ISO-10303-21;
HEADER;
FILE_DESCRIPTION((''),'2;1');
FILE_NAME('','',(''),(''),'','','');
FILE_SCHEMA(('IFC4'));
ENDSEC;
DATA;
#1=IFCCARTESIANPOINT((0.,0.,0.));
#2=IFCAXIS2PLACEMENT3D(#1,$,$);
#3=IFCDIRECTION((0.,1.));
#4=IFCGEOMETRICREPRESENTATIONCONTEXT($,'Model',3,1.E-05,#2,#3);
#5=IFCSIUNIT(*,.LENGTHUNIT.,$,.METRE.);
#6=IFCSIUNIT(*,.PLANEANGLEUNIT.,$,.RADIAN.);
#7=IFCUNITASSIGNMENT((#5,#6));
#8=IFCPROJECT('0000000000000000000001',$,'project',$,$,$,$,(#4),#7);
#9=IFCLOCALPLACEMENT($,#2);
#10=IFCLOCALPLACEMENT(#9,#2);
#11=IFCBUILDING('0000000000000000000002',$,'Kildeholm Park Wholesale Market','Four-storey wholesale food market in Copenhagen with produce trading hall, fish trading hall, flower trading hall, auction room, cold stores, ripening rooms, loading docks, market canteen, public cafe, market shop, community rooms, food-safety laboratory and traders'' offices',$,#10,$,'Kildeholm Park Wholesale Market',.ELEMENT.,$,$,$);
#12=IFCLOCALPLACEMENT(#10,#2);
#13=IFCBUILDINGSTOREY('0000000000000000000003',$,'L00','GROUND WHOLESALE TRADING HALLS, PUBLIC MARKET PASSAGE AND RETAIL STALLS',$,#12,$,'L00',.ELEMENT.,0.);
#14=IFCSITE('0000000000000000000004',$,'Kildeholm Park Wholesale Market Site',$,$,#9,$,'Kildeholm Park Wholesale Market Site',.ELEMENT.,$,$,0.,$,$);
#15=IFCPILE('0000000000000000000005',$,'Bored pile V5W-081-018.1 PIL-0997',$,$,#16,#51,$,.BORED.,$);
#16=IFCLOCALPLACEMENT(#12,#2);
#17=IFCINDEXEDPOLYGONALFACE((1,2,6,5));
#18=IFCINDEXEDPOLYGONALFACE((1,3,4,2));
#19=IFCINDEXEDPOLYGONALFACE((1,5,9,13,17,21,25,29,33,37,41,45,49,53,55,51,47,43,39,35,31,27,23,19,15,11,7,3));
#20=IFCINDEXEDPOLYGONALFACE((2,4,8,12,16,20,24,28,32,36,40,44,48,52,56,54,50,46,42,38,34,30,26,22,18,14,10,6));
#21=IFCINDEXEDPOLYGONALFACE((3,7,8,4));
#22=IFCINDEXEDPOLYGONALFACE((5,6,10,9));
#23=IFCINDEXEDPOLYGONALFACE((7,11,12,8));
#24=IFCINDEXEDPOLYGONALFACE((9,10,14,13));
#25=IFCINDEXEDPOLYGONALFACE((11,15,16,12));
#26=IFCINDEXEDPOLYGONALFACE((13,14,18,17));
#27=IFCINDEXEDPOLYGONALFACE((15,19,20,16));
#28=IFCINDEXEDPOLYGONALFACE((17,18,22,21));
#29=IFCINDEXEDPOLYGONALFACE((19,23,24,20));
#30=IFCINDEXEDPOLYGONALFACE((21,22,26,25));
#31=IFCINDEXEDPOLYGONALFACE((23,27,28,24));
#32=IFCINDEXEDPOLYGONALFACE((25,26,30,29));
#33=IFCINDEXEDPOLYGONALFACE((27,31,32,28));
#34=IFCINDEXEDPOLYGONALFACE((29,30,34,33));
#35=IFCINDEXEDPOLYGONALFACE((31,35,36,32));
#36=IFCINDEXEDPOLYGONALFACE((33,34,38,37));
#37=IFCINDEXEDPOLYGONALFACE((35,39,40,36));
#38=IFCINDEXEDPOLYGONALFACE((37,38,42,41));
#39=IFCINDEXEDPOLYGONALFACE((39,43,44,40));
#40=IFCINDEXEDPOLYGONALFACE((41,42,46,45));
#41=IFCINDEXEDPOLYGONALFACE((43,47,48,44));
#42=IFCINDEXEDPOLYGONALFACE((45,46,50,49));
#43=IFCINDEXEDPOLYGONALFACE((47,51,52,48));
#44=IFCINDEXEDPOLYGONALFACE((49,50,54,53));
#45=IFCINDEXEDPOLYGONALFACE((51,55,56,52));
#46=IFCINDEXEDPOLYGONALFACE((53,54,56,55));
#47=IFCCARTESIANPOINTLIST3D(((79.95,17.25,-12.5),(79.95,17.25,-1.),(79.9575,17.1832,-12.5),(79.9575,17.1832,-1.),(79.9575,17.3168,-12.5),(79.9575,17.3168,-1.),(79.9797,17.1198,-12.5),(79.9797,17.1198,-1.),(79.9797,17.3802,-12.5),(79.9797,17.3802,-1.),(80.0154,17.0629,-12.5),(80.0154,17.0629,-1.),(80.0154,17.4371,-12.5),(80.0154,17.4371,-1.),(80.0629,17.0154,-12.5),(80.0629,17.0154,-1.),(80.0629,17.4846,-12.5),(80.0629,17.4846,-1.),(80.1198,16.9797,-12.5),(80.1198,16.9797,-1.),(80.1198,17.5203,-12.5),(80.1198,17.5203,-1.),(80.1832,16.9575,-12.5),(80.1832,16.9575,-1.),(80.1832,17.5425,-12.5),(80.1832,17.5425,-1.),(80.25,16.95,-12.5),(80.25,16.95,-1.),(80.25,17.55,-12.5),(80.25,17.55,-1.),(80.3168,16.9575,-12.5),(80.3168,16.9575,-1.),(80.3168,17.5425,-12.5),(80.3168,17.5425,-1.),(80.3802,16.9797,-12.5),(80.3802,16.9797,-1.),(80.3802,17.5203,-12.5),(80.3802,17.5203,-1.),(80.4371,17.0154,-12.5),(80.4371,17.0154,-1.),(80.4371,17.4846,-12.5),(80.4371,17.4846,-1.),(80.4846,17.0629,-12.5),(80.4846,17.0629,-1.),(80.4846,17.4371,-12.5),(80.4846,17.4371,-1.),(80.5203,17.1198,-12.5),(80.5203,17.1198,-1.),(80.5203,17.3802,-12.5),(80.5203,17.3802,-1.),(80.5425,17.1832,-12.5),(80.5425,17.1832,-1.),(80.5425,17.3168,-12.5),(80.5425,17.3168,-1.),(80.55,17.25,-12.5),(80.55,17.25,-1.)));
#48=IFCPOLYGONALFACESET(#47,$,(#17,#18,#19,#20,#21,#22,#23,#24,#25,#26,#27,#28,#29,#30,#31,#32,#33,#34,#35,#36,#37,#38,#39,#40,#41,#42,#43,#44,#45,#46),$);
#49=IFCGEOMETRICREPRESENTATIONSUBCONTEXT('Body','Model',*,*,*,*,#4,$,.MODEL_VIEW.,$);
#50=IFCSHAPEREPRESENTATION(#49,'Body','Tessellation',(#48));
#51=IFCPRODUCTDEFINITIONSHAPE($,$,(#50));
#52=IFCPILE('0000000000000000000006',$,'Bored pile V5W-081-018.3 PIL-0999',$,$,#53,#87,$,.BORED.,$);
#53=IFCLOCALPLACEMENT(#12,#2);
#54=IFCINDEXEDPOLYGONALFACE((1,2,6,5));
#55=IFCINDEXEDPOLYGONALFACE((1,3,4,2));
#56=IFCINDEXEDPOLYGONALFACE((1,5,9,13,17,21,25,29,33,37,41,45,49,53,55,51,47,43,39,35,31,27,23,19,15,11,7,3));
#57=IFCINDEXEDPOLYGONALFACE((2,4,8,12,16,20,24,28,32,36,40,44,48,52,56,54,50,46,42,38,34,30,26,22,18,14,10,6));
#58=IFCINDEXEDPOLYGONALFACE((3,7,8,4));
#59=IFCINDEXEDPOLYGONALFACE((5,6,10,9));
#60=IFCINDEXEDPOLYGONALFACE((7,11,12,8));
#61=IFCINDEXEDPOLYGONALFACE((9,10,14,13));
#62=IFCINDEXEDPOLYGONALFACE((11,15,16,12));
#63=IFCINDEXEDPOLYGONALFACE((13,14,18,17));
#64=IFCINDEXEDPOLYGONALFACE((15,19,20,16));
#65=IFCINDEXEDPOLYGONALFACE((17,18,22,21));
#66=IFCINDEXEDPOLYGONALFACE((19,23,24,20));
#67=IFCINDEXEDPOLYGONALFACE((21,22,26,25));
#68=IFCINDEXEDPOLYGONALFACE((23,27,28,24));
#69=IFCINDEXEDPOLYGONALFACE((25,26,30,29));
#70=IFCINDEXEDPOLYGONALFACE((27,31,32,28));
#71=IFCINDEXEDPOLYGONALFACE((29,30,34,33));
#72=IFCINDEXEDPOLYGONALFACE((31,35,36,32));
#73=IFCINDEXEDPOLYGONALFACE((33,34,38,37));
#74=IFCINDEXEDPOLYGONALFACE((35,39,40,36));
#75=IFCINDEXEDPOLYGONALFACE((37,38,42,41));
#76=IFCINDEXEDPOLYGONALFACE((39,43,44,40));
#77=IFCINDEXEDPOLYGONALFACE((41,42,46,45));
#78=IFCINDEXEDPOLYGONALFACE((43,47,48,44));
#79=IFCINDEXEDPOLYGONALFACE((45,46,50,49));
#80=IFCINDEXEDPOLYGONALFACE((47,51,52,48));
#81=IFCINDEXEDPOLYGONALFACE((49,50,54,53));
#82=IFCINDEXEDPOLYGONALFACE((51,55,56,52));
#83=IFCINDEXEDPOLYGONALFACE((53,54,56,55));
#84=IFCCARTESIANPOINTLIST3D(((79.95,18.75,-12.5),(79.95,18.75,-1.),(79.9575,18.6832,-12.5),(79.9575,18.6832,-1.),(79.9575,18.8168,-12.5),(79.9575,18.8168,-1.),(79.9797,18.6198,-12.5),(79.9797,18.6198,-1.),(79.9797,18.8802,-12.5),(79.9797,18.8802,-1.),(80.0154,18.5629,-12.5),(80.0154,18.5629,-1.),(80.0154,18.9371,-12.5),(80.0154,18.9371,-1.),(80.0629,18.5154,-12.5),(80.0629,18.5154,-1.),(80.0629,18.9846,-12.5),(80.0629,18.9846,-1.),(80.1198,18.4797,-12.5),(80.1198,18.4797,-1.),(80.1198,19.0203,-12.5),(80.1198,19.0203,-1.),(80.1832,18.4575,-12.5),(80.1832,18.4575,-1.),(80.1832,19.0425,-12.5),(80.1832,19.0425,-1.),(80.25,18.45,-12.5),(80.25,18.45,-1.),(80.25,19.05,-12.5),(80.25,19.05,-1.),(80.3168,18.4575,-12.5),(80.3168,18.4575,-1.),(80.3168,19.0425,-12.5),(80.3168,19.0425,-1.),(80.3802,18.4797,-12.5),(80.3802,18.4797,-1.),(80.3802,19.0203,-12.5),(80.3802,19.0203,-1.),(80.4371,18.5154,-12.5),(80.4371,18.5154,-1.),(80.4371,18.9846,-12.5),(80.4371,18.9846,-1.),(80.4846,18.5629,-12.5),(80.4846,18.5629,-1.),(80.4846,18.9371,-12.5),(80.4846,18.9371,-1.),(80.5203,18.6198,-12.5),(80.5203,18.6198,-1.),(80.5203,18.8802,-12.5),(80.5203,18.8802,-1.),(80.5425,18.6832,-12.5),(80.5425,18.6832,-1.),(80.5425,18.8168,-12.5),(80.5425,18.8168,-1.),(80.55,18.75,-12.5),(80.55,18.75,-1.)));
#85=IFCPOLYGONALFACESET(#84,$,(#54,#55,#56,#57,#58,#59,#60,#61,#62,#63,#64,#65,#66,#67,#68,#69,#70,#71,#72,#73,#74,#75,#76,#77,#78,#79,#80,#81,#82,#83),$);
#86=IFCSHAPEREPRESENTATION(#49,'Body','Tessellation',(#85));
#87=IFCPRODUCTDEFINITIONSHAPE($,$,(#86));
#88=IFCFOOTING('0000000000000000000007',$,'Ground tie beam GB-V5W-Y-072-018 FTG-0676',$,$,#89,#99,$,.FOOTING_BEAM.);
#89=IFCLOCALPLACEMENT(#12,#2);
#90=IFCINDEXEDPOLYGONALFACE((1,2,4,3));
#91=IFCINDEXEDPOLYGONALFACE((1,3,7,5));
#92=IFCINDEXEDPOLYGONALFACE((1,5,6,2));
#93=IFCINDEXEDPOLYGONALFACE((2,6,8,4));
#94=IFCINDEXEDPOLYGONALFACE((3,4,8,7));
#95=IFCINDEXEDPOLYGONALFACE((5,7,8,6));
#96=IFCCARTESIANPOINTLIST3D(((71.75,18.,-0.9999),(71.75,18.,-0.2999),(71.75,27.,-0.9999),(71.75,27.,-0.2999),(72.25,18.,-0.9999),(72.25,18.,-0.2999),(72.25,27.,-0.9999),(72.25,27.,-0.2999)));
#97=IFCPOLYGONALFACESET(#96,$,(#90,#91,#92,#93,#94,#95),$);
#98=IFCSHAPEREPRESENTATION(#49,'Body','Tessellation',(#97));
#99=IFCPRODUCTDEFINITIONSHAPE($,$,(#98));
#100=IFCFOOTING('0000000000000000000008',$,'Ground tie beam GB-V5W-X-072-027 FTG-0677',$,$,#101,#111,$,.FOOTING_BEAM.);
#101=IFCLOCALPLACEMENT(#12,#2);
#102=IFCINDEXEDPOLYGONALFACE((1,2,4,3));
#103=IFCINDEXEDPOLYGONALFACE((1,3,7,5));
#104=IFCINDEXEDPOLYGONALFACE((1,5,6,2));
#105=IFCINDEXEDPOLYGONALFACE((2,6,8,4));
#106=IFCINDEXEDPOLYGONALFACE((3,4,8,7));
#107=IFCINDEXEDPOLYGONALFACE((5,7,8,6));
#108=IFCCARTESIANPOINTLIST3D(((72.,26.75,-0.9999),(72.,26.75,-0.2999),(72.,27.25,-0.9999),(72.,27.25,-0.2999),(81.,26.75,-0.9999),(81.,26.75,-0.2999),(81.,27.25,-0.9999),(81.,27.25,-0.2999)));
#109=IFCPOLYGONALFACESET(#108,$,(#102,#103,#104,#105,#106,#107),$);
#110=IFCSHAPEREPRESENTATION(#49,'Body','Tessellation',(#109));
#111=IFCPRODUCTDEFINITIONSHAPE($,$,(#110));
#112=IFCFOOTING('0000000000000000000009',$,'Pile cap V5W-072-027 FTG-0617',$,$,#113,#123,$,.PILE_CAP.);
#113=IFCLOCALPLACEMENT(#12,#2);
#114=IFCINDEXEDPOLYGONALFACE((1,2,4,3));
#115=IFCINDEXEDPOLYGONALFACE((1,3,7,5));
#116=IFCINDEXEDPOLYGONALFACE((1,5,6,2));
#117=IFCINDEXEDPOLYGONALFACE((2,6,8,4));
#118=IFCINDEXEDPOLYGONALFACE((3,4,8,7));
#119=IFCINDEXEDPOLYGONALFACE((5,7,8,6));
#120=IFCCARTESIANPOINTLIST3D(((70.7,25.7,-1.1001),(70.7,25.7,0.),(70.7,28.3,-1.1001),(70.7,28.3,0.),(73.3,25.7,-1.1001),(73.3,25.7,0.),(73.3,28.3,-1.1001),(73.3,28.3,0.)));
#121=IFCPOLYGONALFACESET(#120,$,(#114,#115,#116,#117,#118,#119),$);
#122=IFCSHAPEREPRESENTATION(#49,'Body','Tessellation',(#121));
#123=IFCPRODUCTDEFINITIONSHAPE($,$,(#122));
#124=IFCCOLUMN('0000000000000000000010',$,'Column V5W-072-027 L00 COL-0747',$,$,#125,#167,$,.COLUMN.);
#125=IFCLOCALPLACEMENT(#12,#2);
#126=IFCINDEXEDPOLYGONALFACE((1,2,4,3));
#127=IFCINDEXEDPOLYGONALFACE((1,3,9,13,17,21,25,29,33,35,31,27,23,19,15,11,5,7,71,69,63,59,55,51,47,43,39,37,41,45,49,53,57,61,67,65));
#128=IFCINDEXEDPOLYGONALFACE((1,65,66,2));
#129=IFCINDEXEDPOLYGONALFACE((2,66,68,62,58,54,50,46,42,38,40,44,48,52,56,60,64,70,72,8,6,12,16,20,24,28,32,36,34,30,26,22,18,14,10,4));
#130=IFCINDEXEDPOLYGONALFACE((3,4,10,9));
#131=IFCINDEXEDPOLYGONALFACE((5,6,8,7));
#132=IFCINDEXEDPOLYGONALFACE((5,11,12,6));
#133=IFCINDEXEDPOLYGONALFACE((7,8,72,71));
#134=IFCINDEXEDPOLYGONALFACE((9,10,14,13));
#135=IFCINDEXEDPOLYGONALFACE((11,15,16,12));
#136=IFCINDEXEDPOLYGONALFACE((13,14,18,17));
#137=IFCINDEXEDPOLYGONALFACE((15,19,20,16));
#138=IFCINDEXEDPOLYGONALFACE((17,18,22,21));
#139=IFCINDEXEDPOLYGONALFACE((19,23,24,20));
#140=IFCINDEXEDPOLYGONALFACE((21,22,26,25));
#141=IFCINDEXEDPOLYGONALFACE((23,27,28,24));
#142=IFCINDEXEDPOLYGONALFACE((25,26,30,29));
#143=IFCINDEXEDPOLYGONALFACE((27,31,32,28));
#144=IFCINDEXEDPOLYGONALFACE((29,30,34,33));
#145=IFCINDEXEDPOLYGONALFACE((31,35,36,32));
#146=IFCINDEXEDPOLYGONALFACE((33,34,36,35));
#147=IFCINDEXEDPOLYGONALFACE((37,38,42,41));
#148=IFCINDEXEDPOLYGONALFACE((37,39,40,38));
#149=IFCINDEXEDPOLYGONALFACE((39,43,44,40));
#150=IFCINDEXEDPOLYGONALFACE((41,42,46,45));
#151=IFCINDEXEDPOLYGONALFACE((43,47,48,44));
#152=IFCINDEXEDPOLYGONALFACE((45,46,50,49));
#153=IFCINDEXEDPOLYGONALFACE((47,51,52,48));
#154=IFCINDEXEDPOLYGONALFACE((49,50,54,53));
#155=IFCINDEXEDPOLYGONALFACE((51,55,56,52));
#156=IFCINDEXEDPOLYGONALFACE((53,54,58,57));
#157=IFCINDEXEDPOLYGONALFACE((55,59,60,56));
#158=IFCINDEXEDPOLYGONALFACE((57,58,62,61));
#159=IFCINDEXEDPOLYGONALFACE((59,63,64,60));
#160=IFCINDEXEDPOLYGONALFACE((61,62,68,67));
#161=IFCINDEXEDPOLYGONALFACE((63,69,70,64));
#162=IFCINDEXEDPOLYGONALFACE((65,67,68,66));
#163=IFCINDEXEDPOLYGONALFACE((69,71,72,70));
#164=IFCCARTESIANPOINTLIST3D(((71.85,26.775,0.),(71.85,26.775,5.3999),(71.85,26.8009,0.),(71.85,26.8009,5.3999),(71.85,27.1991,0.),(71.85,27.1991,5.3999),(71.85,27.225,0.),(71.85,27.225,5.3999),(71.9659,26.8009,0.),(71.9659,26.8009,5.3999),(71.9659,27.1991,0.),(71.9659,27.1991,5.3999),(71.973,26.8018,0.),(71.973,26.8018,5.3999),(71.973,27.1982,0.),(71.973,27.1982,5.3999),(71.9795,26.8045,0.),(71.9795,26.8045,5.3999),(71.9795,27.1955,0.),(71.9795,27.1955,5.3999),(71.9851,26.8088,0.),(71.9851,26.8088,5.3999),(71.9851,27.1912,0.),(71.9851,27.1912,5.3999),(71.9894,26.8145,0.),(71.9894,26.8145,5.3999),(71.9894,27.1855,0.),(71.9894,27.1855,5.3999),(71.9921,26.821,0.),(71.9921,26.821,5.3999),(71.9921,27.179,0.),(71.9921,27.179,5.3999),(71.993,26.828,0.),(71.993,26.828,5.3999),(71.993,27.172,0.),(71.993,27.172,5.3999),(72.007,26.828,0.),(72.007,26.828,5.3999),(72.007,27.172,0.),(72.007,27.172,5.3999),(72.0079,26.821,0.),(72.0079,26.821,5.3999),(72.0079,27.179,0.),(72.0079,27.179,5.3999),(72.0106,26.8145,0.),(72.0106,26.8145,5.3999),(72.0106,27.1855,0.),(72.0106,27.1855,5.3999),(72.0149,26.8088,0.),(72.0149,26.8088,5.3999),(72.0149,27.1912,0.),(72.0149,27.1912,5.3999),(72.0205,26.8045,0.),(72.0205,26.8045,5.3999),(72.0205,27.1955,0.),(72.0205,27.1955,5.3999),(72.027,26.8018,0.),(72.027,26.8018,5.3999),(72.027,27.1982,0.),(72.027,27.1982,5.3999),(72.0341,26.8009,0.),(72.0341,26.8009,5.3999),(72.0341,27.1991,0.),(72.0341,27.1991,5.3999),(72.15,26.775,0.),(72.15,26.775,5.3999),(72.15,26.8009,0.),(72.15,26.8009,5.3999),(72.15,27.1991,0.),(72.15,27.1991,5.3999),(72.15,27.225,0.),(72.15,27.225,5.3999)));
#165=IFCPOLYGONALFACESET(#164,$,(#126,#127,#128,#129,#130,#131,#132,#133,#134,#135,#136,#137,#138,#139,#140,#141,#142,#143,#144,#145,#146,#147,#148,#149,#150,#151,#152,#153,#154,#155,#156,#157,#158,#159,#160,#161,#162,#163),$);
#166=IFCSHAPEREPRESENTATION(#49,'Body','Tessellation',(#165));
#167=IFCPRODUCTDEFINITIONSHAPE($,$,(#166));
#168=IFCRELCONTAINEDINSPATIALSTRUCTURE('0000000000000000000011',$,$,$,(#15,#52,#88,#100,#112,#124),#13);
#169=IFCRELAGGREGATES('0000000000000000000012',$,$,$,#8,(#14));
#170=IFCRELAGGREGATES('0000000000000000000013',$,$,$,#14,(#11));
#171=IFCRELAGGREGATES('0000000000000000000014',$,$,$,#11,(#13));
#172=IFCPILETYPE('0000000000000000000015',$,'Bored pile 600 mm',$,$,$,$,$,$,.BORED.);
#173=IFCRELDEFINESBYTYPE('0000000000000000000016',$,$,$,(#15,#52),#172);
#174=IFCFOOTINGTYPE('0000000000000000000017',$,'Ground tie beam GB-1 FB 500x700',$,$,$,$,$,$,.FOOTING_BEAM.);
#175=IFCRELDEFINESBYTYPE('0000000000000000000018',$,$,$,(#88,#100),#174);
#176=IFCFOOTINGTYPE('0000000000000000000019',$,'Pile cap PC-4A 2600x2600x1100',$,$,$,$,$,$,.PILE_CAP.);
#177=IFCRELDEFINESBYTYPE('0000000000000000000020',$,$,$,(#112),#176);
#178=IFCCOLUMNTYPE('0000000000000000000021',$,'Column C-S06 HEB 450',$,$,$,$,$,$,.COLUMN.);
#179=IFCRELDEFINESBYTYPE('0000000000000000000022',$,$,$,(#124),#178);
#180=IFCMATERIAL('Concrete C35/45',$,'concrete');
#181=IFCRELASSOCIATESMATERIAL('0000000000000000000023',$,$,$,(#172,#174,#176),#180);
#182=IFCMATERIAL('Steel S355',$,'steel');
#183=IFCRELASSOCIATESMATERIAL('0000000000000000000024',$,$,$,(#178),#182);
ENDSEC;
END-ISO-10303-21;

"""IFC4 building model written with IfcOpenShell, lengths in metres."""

from ifc_helpers import new_model, si_unit, direction, frame, origin, origin_2d, place, context, subcontext, project, spatial, rectangle, circle, i_section, extrude, material, material_profile, profile_set, type_object, element, save


model = new_model("IFC4")

# Units and contexts
model_context = context("Model", 3, precision=1e-05, world=origin(), true_north=direction((0.0, 1.0)))
body_context = subcontext(model_context, "Body", "Model", "MODEL_VIEW")
ifc_project = project(units=[si_unit("LENGTHUNIT", "METRE"), si_unit("PLANEANGLEUNIT", "RADIAN")], contexts=[model_context])

# Site, building, storey
site_placement = place(None, origin())
site = spatial("IfcSite", under=ifc_project, at=site_placement, Name="Kildeholm Park Wholesale Market Site", LongName="Kildeholm Park Wholesale Market Site", CompositionType="ELEMENT", RefElevation=0.0)
building_placement = place(site_placement, origin())
building = spatial("IfcBuilding", under=site, at=building_placement, Name="Kildeholm Park Wholesale Market", Description="Four-storey wholesale food market in Copenhagen with produce trading hall, fish trading hall, flower trading hall, auction room, cold stores, ripening rooms, loading docks, market canteen, public cafe, market shop, community rooms, food-safety laboratory and traders' offices", LongName="Kildeholm Park Wholesale Market", CompositionType="ELEMENT")
storey_placement = place(building_placement, origin())
storey = spatial("IfcBuildingStorey", under=building, at=storey_placement, Name="L00", Description="GROUND WHOLESALE TRADING HALLS, PUBLIC MARKET PASSAGE AND RETAIL STALLS", LongName="L00", CompositionType="ELEMENT", Elevation=0.0)

# Piles
ifc_material_1 = material(Name="Concrete C35/45", Category="concrete")
ifc_material_profile_1 = material_profile(ifc_material_1, circle(Radius=0.3, at=origin_2d()), Name="PILE D600")
ifc_profile_set_1 = profile_set([ifc_material_profile_1], Name="Concrete C35/45")
pile_type = type_object("IfcPileType", Name="Bored pile 600 mm", PredefinedType="BORED", material=ifc_profile_set_1)
for number, where, z_axis, x_axis, name in (
    (1, (80.25, 17.25, -1.0), (0.0, 0.0, -1.0), (1.0, 0.0, 0.0), "Bored pile V5W-081-018.1 PIL-0997"),
    (2, (80.25, 18.75, -1.0), (0.0, 0.0, -1.0), (1.0, 0.0, 0.0), "Bored pile V5W-081-018.3 PIL-0999"),
):
    element("IfcPile", number, at=place(storey_placement, frame(where, z_axis=z_axis, x_axis=x_axis)), inside=storey, type_object=pile_type, Name=name, PredefinedType="BORED", context=body_context, shape_type="SweptSolid", body=[
        extrude(circle(Radius=0.3, at=origin_2d()), origin(), (0.0, 0.0, 1.0), 11.5),
    ])

# Footings
ifc_material_profile_2 = material_profile(ifc_material_1, rectangle(XDim=0.5, YDim=0.7, at=origin_2d()), Name="FB 500x700")
ifc_profile_set_2 = profile_set([ifc_material_profile_2], Name="Concrete C35/45")
footing_type_1 = type_object("IfcFootingType", Name="Ground tie beam GB-1 FB 500x700", PredefinedType="FOOTING_BEAM", material=ifc_profile_set_2)
for number, where, z_axis, x_axis, name in (
    (3, (72.0, 18.0, -0.6499), (0.0, 1.0, 0.0), (-1.0, 0.0, 0.0), "Ground tie beam GB-V5W-Y-072-018 FTG-0676"),
    (4, (72.0, 27.0, -0.6499), (1.0, 0.0, 0.0), (0.0, 1.0, 0.0), "Ground tie beam GB-V5W-X-072-027 FTG-0677"),
):
    element("IfcFooting", number, at=place(storey_placement, frame(where, z_axis=z_axis, x_axis=x_axis)), inside=storey, type_object=footing_type_1, Name=name, PredefinedType="FOOTING_BEAM", context=body_context, shape_type="SweptSolid", body=[
        extrude(rectangle(XDim=0.5, YDim=0.7, at=origin_2d()), origin(), (0.0, 0.0, 1.0), 9.0),
    ])
footing_type_2 = type_object("IfcFootingType", Name="Pile cap PC-4A 2600x2600x1100", PredefinedType="PILE_CAP", material=ifc_material_1)
footing_placement = place(storey_placement, frame((72.0, 27.0, -1.1001), z_axis=(0.0, 0.0, 1.0), x_axis=(1.0, 0.0, 0.0)))
element("IfcFooting", 5, at=footing_placement, inside=storey, type_object=footing_type_2, Name="Pile cap V5W-072-027 FTG-0617", PredefinedType="PILE_CAP", context=body_context, shape_type="SweptSolid", body=[
    extrude(rectangle(XDim=2.6001, YDim=2.6001, at=origin_2d()), origin(), (0.0, 0.0, 1.0), 1.1001),
])

# Column
ifc_material_2 = material(Name="Steel S355", Category="steel")
ifc_material_profile_3 = material_profile(ifc_material_2, i_section(OverallWidth=0.3, OverallDepth=0.45, WebThickness=0.0139, FlangeThickness=0.0259, FilletRadius=0.0271, at=origin_2d()), Name="HEB 450")
ifc_profile_set_3 = profile_set([ifc_material_profile_3], Name="Steel S355")
column_type = type_object("IfcColumnType", Name="Column C-S06 HEB 450", PredefinedType="COLUMN", material=ifc_profile_set_3)
column_placement = place(storey_placement, frame((72.0, 27.0, 0.0), z_axis=(0.0, 0.0, 1.0), x_axis=(1.0, 0.0, 0.0)))
element("IfcColumn", 6, at=column_placement, inside=storey, type_object=column_type, Name="Column V5W-072-027 L00 COL-0747", PredefinedType="COLUMN", context=body_context, shape_type="SweptSolid", body=[
    extrude(i_section(OverallWidth=0.3, OverallDepth=0.45, WebThickness=0.0139, FlangeThickness=0.0259, FilletRadius=0.0271, at=origin_2d()), origin(), (0.0, 0.0, 1.0), 5.3999),
])

save(model, "model.ifc")
